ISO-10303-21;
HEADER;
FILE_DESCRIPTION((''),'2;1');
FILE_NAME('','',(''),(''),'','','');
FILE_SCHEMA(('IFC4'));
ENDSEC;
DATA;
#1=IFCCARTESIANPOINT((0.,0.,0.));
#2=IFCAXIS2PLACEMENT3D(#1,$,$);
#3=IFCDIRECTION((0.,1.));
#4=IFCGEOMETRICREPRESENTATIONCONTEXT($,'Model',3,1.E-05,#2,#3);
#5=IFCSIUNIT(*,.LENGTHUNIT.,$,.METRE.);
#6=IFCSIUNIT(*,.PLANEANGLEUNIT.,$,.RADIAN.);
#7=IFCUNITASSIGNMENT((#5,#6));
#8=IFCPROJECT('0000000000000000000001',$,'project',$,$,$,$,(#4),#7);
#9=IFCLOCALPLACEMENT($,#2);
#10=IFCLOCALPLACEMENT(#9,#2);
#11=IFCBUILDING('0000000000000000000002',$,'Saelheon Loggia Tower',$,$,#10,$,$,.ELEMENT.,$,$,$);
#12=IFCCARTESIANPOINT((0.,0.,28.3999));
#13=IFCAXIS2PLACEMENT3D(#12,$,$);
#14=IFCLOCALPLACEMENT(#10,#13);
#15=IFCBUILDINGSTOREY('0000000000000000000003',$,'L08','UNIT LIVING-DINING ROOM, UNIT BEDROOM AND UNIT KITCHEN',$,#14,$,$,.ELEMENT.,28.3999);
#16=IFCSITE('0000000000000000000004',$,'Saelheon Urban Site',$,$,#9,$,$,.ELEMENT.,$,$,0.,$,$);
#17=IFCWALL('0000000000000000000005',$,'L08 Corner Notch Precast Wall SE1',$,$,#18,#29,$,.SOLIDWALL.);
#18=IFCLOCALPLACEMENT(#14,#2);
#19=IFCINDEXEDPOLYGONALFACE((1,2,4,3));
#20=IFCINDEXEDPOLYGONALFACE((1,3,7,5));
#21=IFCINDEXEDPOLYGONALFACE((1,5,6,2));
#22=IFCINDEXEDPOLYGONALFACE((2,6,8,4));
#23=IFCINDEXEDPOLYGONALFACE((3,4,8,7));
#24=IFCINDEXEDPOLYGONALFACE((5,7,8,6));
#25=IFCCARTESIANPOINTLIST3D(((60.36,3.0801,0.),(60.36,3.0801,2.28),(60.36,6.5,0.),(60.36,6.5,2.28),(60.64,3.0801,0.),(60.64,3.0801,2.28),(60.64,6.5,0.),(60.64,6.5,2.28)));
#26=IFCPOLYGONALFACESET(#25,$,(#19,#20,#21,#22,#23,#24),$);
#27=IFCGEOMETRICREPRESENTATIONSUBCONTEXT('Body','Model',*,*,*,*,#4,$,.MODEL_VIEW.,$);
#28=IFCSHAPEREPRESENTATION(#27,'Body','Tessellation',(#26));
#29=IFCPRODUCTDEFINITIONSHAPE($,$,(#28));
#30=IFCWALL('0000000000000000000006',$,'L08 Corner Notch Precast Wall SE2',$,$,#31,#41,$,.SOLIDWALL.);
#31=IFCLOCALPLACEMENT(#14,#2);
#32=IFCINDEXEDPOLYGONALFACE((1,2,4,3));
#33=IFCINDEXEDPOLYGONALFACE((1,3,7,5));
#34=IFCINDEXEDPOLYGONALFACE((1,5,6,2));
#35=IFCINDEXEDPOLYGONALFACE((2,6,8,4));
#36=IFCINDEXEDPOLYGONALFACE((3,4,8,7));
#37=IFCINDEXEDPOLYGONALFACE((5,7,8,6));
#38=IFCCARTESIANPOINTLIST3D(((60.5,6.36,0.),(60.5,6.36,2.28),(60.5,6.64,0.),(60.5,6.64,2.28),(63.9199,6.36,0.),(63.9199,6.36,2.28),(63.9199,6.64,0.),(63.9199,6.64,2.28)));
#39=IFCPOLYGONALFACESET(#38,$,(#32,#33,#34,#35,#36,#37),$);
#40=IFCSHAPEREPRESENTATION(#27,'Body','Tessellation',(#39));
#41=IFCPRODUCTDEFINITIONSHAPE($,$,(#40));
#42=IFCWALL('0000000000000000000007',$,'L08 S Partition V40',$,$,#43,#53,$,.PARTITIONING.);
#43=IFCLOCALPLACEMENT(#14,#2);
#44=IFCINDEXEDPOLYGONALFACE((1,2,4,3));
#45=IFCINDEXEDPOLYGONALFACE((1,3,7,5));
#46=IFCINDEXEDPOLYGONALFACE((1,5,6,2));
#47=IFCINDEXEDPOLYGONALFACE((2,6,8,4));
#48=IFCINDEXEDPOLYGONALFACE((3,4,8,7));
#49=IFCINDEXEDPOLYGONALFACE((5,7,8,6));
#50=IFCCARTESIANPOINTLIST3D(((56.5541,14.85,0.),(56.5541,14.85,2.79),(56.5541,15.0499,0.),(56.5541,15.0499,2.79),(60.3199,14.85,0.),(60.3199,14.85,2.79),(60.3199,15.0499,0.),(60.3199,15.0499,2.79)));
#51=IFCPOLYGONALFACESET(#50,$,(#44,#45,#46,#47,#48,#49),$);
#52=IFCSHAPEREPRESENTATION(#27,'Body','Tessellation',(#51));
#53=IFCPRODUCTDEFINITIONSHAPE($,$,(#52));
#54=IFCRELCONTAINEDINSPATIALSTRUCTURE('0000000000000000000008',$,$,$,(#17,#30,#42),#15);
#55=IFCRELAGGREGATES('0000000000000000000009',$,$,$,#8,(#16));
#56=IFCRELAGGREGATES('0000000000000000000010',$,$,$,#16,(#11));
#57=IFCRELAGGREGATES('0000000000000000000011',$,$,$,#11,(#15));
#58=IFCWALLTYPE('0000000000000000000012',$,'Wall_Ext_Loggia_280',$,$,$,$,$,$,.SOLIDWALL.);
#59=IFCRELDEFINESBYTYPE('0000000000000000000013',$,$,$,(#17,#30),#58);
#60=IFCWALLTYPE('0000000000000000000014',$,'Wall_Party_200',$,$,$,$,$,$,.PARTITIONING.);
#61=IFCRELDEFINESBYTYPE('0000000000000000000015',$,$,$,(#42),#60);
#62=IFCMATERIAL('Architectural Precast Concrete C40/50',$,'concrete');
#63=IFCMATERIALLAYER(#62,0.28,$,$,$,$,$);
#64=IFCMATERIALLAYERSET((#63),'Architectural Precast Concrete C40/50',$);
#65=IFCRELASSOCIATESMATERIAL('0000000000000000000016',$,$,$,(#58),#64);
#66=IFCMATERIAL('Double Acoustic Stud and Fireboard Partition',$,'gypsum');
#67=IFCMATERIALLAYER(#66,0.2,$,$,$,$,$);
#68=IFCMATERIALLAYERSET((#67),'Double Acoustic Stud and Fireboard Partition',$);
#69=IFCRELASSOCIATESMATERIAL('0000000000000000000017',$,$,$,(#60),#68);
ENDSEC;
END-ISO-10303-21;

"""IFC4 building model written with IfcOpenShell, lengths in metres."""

from ifc_helpers import new_model, si_unit, direction, frame, frame_2d, origin, place, context, subcontext, project, spatial, rectangle, extrude, material, layer, layer_set, type_object, element, save


model = new_model("IFC4")

# Units and contexts
model_context = context("Model", 3, precision=1e-05, world=origin(), true_north=direction((0.0, 1.0)))
body_context = subcontext(model_context, "Body", "Model", "MODEL_VIEW")
ifc_project = project(units=[si_unit("LENGTHUNIT", "METRE"), si_unit("PLANEANGLEUNIT", "RADIAN")], contexts=[model_context])

# Site, building, storey
site_placement = place(None, origin())
site = spatial("IfcSite", under=ifc_project, at=site_placement, Name="Saelheon Urban Site", CompositionType="ELEMENT", RefElevation=0.0)
building_placement = place(site_placement, origin())
building = spatial("IfcBuilding", under=site, at=building_placement, Name="Saelheon Loggia Tower", CompositionType="ELEMENT")
storey_placement = place(building_placement, frame((0.0, 0.0, 28.3999)))
storey = spatial("IfcBuildingStorey", under=building, at=storey_placement, Name="L08", Description="UNIT LIVING-DINING ROOM, UNIT BEDROOM AND UNIT KITCHEN", CompositionType="ELEMENT", Elevation=28.3999)

# Shared definitions
ifc_material_1 = material(Name="Architectural Precast Concrete C40/50", Category="concrete")
ifc_layer_1 = layer(ifc_material_1, 0.28)
ifc_layer_set_1 = layer_set([ifc_layer_1], Name="Architectural Precast Concrete C40/50")
wall_type_1 = type_object("IfcWallType", Name="Wall_Ext_Loggia_280", PredefinedType="SOLIDWALL", material=ifc_layer_set_1)

# Walls
for number, where, z_axis, x_axis, name in (
    (1, (60.5, 3.0801, 0.0), (0.0, 0.0, 1.0), (0.0, 1.0, 0.0), "L08 Corner Notch Precast Wall SE1"),
    (2, (60.5, 6.5, 0.0), (0.0, 0.0, 1.0), (1.0, 0.0, 0.0), "L08 Corner Notch Precast Wall SE2"),
):
    element("IfcWall", number, at=place(storey_placement, frame(where, z_axis=z_axis, x_axis=x_axis)), inside=storey, type_object=wall_type_1, Name=name, PredefinedType="SOLIDWALL", context=body_context, shape_type="SweptSolid", body=[
        extrude(rectangle(XDim=3.4199, YDim=0.28, at=frame_2d((1.71, 0.0))), origin(), (0.0, 0.0, 1.0), 2.28),
    ])
ifc_material_2 = material(Name="Double Acoustic Stud and Fireboard Partition", Category="gypsum")
ifc_layer_2 = layer(ifc_material_2, 0.2)
ifc_layer_set_2 = layer_set([ifc_layer_2], Name="Double Acoustic Stud and Fireboard Partition")
wall_type_2 = type_object("IfcWallType", Name="Wall_Party_200", PredefinedType="PARTITIONING", material=ifc_layer_set_2)
wall_1_placement = place(storey_placement, frame((56.5542, 14.95, 0.0), z_axis=(0.0, 0.0, 1.0), x_axis=(1.0, 0.0, 0.0)))
element("IfcWall", 3, at=wall_1_placement, inside=storey, type_object=wall_type_2, Name="L08 S Partition V40", PredefinedType="PARTITIONING", context=body_context, shape_type="SweptSolid", body=[
    extrude(rectangle(XDim=3.7659, YDim=0.2, at=frame_2d((1.8828, 0.0))), origin(), (0.0, 0.0, 1.0), 2.79),
])

save(model, "model.ifc")
